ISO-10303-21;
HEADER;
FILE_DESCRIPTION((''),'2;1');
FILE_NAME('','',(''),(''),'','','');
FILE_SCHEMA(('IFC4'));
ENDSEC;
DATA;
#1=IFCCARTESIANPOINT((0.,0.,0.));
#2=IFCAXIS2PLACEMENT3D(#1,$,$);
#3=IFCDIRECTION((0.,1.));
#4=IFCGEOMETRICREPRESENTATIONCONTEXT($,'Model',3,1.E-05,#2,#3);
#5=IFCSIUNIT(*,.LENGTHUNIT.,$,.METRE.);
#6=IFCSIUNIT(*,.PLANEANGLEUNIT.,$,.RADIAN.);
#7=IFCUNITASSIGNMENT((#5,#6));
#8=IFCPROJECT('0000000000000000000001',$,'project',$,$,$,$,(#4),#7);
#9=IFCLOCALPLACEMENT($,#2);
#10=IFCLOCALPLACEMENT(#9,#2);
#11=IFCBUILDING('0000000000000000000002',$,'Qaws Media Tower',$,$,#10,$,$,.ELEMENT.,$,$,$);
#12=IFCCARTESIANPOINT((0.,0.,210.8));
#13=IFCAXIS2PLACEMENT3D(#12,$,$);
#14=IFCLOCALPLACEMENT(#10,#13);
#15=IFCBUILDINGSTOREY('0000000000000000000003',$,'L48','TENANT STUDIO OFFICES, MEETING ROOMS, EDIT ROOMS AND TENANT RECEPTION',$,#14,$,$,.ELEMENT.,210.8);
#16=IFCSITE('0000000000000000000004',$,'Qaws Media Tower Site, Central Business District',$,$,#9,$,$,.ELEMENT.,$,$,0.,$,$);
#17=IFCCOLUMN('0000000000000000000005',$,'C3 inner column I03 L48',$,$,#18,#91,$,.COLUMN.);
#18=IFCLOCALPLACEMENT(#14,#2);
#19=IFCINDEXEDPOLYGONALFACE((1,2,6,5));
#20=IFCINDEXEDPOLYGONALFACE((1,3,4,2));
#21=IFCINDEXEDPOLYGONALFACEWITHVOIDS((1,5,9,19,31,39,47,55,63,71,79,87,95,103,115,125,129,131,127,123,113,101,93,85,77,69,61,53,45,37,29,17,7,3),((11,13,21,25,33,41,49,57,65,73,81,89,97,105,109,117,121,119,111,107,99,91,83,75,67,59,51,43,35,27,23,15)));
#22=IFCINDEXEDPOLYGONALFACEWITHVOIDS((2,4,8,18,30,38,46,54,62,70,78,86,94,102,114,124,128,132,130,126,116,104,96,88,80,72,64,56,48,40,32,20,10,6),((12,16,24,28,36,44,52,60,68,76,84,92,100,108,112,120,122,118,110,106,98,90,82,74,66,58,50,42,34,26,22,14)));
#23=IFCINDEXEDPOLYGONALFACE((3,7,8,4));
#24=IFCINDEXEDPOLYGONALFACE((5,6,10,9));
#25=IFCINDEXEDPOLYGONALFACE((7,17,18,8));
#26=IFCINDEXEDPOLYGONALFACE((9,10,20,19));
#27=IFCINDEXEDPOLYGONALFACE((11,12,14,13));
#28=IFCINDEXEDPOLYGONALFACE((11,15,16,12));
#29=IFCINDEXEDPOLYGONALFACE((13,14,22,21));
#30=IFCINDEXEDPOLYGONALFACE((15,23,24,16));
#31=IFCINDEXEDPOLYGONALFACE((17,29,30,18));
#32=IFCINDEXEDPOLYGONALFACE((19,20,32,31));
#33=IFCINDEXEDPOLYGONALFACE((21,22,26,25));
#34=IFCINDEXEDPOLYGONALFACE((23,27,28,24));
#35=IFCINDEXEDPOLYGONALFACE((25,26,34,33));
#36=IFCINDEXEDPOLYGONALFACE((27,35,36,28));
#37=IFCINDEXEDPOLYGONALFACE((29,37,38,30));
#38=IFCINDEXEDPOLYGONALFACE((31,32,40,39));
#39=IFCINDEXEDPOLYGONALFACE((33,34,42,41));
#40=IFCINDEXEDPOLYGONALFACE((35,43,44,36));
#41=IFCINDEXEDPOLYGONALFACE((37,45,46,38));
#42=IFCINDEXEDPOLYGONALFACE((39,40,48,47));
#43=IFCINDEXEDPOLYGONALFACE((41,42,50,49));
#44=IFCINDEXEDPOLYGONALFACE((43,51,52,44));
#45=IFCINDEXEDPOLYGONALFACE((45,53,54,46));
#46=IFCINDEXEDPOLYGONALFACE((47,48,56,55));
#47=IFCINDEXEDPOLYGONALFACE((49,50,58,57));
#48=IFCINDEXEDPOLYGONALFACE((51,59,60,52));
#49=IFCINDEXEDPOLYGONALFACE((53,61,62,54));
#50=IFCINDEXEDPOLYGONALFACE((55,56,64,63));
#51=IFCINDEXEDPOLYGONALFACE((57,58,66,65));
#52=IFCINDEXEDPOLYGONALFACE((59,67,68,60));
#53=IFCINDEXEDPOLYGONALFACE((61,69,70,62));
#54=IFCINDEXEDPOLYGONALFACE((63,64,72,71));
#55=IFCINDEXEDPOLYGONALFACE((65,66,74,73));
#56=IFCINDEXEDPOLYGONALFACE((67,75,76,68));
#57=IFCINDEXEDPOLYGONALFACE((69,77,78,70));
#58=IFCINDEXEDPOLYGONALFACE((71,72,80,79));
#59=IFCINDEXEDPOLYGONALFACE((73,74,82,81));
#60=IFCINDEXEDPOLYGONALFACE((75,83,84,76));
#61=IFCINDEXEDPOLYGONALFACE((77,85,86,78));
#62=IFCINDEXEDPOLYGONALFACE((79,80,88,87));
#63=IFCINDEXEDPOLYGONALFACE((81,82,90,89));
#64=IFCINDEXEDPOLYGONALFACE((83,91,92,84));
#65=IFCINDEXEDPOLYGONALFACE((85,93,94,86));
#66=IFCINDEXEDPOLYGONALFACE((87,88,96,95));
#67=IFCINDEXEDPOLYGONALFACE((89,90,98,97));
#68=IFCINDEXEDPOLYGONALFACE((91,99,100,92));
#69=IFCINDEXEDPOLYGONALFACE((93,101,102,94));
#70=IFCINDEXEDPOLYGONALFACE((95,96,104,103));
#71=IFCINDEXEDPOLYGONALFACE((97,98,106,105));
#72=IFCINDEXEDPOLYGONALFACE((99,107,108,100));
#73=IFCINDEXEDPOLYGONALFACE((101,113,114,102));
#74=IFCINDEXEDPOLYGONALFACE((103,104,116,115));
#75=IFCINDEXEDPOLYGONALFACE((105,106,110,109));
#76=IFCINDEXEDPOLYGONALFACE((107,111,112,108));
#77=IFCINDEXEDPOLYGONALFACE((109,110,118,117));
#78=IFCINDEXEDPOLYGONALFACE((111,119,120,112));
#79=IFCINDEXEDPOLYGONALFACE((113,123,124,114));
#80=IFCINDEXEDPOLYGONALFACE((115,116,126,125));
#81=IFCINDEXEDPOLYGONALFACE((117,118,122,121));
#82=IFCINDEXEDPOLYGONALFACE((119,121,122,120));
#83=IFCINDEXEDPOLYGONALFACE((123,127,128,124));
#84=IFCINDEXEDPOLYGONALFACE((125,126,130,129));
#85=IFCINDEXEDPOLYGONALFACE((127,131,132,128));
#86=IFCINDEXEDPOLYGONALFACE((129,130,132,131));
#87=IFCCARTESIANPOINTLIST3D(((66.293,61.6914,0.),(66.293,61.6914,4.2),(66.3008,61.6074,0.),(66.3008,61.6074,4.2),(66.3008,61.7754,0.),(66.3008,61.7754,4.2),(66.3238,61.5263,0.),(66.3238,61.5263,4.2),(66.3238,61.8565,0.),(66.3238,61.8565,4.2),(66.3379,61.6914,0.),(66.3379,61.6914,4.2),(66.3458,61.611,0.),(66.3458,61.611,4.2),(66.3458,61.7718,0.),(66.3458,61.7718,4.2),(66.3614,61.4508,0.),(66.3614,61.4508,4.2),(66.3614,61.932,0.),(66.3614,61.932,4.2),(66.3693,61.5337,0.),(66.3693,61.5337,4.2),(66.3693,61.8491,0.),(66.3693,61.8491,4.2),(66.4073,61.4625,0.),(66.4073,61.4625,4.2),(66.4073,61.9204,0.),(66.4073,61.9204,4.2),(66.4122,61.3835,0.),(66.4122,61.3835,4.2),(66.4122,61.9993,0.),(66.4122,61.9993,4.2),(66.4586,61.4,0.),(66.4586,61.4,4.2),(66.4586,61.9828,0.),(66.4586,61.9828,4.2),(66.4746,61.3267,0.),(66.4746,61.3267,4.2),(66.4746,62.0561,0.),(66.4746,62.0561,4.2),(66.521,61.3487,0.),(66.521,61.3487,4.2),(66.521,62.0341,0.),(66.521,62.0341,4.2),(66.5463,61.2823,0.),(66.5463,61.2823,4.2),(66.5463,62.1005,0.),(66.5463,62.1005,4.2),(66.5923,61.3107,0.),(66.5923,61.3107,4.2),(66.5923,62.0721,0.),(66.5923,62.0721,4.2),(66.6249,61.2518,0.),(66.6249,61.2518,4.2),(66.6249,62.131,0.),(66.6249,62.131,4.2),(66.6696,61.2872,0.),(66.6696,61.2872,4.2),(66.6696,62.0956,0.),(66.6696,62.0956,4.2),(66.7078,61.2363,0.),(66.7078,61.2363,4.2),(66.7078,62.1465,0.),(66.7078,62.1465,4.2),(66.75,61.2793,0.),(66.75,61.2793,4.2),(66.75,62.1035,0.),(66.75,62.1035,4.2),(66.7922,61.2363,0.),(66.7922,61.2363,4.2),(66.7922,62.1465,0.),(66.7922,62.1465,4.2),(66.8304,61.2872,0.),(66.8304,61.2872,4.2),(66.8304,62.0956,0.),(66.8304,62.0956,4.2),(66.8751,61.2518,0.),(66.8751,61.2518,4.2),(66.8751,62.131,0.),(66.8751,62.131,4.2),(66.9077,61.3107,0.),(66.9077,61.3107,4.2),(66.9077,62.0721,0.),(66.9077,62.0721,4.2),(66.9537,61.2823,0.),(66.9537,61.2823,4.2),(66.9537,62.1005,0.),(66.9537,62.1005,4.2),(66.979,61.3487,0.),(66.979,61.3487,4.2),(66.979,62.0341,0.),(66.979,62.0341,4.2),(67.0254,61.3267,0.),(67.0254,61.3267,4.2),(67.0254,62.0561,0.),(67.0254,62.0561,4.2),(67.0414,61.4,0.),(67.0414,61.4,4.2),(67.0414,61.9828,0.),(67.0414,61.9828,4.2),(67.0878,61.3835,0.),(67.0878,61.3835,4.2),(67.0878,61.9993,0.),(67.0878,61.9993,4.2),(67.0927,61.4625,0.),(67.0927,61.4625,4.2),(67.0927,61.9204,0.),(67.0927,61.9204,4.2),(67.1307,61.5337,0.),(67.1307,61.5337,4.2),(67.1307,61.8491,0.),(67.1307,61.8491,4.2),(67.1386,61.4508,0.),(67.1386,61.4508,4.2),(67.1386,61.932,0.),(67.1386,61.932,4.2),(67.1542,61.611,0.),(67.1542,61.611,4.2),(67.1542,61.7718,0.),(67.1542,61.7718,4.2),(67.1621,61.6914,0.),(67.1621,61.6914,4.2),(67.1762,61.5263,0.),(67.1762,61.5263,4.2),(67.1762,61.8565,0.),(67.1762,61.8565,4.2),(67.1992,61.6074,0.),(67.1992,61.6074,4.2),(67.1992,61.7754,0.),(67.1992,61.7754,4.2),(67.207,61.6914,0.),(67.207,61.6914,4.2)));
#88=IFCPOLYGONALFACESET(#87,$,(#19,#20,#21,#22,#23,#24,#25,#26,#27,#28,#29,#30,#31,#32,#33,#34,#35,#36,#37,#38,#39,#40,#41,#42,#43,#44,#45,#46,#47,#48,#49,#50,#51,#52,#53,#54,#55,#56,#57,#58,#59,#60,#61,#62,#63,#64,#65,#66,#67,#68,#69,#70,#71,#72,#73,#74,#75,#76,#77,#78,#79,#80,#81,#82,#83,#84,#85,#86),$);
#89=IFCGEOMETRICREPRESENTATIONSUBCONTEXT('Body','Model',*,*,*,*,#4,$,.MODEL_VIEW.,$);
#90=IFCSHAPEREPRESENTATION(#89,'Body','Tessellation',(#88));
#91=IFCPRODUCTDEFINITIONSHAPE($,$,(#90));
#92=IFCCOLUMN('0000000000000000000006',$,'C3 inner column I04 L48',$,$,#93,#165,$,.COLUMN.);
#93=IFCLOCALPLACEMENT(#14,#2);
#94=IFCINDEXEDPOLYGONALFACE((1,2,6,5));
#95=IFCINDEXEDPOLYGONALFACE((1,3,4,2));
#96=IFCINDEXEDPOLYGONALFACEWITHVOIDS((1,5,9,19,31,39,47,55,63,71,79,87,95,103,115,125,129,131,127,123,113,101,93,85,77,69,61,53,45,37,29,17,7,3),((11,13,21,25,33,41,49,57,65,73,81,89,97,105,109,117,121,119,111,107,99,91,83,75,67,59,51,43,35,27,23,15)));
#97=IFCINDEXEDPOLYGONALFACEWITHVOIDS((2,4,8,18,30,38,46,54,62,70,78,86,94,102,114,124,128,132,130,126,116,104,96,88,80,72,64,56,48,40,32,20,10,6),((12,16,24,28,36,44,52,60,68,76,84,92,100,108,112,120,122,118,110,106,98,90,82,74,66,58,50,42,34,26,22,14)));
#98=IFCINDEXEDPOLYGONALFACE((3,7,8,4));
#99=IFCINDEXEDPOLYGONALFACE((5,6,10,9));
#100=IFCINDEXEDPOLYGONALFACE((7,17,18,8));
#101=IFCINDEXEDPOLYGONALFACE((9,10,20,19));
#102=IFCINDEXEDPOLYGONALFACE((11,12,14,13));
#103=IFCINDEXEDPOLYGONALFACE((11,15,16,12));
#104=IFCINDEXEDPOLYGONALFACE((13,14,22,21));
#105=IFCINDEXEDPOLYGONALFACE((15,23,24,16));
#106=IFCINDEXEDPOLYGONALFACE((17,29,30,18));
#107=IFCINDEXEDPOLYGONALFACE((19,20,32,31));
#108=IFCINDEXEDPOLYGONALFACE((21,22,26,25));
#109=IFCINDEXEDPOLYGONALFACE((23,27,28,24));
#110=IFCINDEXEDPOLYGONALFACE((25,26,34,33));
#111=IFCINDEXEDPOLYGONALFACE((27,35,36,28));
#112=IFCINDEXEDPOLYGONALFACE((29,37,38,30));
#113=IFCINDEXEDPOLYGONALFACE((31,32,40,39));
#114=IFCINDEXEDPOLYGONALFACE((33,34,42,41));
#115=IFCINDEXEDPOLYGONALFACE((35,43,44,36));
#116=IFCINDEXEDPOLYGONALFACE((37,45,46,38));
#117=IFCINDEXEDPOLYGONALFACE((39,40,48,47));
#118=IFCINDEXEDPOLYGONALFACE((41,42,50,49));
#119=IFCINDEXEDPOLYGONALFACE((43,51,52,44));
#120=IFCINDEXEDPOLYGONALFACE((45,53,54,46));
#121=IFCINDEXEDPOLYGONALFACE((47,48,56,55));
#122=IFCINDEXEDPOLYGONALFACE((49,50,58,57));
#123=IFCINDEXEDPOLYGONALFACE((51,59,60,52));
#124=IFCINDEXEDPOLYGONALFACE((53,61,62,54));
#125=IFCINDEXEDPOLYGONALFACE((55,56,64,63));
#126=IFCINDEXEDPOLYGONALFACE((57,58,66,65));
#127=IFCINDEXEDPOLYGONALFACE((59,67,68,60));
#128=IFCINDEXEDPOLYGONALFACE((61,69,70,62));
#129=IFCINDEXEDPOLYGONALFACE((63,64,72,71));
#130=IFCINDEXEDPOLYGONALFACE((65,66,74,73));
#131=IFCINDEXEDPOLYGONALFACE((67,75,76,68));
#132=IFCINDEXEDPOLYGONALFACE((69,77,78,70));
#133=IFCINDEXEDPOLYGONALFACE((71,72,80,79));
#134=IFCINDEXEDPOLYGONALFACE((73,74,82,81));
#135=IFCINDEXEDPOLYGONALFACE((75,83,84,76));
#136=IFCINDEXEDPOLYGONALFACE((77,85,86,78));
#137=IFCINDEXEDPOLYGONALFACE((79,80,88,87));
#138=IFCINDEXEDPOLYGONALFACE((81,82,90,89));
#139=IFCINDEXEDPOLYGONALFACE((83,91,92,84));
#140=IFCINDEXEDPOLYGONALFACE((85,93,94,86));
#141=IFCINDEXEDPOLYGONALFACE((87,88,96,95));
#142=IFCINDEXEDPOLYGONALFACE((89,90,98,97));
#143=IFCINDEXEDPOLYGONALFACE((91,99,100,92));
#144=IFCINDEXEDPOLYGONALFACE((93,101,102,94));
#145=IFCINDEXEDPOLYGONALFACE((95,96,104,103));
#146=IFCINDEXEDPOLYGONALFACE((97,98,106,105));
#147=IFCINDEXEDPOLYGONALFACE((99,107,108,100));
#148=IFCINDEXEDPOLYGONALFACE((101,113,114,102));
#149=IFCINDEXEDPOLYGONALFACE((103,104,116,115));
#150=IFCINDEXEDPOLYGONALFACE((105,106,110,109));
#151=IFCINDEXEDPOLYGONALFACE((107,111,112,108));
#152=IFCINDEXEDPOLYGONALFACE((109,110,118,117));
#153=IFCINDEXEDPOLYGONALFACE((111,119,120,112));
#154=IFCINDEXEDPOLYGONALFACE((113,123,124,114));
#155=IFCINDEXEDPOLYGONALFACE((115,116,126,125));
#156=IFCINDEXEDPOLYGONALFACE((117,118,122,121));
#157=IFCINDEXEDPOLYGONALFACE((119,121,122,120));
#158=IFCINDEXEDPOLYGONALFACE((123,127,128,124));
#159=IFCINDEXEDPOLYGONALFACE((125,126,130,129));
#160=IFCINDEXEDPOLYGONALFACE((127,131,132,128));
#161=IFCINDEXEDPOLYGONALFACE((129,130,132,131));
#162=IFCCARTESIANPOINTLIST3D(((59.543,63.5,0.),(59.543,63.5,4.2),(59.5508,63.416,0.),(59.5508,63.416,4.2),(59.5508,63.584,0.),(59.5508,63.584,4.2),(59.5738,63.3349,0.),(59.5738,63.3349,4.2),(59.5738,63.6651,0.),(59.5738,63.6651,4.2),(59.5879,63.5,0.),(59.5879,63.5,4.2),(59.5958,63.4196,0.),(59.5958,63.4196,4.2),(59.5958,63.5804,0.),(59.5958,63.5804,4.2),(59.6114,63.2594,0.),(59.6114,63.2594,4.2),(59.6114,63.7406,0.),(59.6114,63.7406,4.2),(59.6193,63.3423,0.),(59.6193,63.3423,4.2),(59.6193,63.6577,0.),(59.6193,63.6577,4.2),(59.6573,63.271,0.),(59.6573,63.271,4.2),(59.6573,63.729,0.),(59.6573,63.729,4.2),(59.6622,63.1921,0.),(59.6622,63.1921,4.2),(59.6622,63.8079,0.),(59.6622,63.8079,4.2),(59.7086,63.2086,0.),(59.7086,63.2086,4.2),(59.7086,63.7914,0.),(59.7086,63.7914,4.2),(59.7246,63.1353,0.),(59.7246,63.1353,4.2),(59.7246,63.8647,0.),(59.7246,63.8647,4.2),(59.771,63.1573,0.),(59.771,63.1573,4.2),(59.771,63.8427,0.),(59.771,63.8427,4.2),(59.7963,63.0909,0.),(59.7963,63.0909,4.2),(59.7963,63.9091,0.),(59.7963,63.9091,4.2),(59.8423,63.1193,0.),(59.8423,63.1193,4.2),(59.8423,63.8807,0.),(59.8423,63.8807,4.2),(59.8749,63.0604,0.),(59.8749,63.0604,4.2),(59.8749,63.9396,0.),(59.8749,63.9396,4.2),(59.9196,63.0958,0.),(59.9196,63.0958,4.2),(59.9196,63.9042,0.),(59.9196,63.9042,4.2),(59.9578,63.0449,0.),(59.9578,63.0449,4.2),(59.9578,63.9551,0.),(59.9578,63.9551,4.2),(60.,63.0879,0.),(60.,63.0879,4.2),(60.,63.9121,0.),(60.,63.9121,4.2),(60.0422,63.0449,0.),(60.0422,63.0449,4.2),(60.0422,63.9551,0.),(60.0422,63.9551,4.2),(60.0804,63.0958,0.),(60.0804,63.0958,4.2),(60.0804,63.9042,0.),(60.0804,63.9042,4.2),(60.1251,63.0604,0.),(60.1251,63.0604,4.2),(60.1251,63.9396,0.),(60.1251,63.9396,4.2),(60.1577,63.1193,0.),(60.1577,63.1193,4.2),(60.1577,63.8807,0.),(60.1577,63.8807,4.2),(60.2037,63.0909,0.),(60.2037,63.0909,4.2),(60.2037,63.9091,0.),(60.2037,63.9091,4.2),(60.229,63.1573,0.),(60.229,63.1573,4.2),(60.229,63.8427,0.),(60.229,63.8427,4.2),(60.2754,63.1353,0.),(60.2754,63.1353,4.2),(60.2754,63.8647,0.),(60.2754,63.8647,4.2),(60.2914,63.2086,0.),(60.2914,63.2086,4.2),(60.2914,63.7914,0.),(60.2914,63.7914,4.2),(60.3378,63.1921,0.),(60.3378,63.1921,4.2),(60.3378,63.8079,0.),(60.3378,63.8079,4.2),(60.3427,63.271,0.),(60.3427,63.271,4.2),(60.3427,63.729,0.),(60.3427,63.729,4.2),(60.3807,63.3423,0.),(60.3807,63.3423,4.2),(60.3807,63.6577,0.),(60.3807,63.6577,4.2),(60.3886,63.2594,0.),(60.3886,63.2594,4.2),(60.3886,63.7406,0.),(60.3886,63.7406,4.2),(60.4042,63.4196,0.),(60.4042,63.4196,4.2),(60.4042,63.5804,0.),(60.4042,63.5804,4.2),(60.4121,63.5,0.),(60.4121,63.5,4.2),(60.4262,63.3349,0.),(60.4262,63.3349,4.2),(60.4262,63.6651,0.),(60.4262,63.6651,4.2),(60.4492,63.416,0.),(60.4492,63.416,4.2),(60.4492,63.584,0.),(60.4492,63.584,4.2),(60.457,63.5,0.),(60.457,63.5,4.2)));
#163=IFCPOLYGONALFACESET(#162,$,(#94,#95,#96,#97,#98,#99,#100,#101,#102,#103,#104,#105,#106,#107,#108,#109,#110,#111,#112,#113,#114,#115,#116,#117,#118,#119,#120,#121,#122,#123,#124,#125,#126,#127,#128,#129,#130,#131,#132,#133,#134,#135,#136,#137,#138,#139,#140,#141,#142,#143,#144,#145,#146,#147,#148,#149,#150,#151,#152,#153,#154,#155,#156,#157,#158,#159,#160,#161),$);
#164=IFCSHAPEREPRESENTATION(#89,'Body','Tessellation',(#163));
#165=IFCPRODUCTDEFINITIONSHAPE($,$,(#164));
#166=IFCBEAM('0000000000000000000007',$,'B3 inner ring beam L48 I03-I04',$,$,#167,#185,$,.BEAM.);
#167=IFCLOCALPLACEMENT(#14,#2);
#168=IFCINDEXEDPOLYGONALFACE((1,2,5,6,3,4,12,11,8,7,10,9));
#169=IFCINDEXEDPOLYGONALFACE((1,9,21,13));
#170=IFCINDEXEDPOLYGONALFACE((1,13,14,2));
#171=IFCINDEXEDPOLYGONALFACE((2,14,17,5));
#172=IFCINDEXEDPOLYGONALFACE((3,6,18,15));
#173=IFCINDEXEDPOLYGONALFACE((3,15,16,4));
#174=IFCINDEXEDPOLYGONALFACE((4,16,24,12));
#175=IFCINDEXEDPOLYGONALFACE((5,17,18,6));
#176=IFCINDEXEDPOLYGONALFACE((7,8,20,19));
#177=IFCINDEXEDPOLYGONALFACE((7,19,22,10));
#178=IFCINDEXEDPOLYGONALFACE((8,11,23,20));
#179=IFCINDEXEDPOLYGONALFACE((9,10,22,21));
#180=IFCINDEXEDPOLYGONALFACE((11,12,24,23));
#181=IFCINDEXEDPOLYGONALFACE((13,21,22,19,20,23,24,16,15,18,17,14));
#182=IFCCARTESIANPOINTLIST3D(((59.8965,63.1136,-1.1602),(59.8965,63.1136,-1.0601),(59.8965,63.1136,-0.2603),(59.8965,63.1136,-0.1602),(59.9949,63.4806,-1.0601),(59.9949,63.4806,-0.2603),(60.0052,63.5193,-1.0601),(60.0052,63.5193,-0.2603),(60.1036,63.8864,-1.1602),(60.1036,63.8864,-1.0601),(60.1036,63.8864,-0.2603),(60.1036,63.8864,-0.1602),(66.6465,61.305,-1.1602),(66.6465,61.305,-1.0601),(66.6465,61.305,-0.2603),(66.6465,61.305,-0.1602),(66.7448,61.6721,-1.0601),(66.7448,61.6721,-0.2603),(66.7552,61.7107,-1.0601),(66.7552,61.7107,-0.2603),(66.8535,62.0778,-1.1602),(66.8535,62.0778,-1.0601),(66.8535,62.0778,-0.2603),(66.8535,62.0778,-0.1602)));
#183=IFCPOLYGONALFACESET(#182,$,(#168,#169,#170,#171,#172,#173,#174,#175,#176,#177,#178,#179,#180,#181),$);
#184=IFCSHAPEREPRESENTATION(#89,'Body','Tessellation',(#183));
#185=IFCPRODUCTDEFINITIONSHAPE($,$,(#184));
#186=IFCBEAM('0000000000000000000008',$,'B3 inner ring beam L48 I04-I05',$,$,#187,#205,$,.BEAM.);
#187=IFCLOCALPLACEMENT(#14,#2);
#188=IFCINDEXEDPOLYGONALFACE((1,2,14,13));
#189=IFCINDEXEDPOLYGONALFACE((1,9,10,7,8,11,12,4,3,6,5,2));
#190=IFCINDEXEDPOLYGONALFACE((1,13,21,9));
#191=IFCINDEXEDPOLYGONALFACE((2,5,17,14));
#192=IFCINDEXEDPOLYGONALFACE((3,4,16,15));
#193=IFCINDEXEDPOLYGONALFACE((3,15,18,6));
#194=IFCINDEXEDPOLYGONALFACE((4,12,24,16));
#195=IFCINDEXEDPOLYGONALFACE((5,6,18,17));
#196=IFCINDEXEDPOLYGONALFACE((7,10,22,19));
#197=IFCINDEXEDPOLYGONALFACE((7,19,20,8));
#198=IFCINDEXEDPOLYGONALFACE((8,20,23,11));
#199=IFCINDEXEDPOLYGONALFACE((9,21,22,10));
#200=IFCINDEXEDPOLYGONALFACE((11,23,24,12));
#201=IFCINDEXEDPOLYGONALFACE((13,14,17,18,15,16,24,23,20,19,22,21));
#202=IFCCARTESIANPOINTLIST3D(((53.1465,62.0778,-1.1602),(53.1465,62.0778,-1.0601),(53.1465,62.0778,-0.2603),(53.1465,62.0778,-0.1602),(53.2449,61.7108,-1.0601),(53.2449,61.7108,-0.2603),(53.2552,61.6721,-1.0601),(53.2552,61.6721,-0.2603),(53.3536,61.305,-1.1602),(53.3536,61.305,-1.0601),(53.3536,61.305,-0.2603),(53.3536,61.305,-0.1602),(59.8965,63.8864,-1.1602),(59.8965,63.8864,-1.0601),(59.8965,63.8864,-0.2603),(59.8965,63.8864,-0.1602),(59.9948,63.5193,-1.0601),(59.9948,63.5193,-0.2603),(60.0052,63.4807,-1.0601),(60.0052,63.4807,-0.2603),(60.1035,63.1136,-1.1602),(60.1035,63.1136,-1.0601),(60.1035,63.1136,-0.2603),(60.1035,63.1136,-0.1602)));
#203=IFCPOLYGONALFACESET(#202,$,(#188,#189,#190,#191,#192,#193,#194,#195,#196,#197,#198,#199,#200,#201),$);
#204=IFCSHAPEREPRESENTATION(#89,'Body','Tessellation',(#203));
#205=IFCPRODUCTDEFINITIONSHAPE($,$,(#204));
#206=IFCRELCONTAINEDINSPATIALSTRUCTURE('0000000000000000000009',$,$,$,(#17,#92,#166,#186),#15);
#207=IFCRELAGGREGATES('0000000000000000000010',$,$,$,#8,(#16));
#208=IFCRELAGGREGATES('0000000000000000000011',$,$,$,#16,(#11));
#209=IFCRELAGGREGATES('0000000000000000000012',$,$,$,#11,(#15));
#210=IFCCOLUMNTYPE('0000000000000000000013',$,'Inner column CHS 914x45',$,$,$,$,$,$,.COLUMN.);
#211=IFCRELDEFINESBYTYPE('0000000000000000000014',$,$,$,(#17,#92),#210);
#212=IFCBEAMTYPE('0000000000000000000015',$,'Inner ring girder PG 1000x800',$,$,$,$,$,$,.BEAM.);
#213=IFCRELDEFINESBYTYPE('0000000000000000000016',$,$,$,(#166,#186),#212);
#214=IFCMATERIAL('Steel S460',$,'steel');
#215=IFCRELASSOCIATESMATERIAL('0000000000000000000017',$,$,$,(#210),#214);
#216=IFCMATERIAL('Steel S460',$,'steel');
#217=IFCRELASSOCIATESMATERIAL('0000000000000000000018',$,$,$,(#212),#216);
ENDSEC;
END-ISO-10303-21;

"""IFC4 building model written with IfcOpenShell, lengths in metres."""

from ifc_helpers import new_model, si_unit, direction, frame, origin, origin_2d, place, context, subcontext, project, spatial, hollow_circle, i_section, extrude, material, material_profile, profile_set, type_object, element, save


model = new_model("IFC4")

# Units and contexts
model_context = context("Model", 3, precision=1e-05, world=origin(), true_north=direction((0.0, 1.0)))
body_context = subcontext(model_context, "Body", "Model", "MODEL_VIEW")
ifc_project = project(units=[si_unit("LENGTHUNIT", "METRE"), si_unit("PLANEANGLEUNIT", "RADIAN")], contexts=[model_context])

# Site, building, storey
site_placement = place(None, origin())
site = spatial("IfcSite", under=ifc_project, at=site_placement, Name="Qaws Media Tower Site, Central Business District", CompositionType="ELEMENT", RefElevation=0.0)
building_placement = place(site_placement, origin())
building = spatial("IfcBuilding", under=site, at=building_placement, Name="Qaws Media Tower", CompositionType="ELEMENT")
storey_placement = place(building_placement, frame((0.0, 0.0, 210.8)))
storey = spatial("IfcBuildingStorey", under=building, at=storey_placement, Name="L48", Description="TENANT STUDIO OFFICES, MEETING ROOMS, EDIT ROOMS AND TENANT RECEPTION", CompositionType="ELEMENT", Elevation=210.8)

# Columns
ifc_material_1 = material(Name="Steel S460", Category="steel")
ifc_material_profile_1 = material_profile(ifc_material_1, hollow_circle(Radius=0.457, WallThickness=0.0449, at=origin_2d()), Name="CHS 914x45")
ifc_profile_set_1 = profile_set([ifc_material_profile_1], Name="Steel S460")
column_type = type_object("IfcColumnType", Name="Inner column CHS 914x45", PredefinedType="COLUMN", material=ifc_profile_set_1)
for number, where, z_axis, x_axis, name in (
    (1, (66.75, 61.6914, 0.0), (0.0, 0.0, 1.0), (1.0, 0.0, 0.0), "C3 inner column I03 L48"),
    (2, (60.0, 63.5, 0.0), (0.0, 0.0, 1.0), (1.0, 0.0, 0.0), "C3 inner column I04 L48"),
):
    element("IfcColumn", number, at=place(storey_placement, frame(where, z_axis=z_axis, x_axis=x_axis)), inside=storey, type_object=column_type, Name=name, PredefinedType="COLUMN", context=body_context, shape_type="SweptSolid", body=[
        extrude(hollow_circle(Radius=0.457, WallThickness=0.0449, at=origin_2d()), origin(), (0.0, 0.0, 1.0), 4.2),
    ])

# Beams
ifc_material_2 = material(Name="Steel S460", Category="steel")
ifc_material_profile_2 = material_profile(ifc_material_2, i_section(OverallWidth=0.8, OverallDepth=1.0, WebThickness=0.04, FlangeThickness=0.1001, at=origin_2d()), Name="PG 1000x800")
ifc_profile_set_2 = profile_set([ifc_material_profile_2], Name="Steel S460")
beam_type_1 = type_object("IfcBeamType", Name="Inner ring girder PG 1000x800", PredefinedType="BEAM", material=ifc_profile_set_2)
for number, where, z_axis, x_axis, name in (
    (3, (66.75, 61.6914, -0.6602), (-0.965928, 0.258811, 0.0), (-0.258811, -0.965928, 0.0), "B3 inner ring beam L48 I03-I04"),
    (4, (60.0, 63.5, -0.6602), (-0.965928, -0.258811, 0.0), (0.258811, -0.965928, 0.0), "B3 inner ring beam L48 I04-I05"),
):
    element("IfcBeam", number, at=place(storey_placement, frame(where, z_axis=z_axis, x_axis=x_axis)), inside=storey, type_object=beam_type_1, Name=name, PredefinedType="BEAM", context=body_context, shape_type="SweptSolid", body=[
        extrude(i_section(OverallWidth=0.8, OverallDepth=1.0, WebThickness=0.04, FlangeThickness=0.1001, at=origin_2d()), origin(), (0.0, 0.0, 1.0), 6.988),
    ])

save(model, "model.ifc")
